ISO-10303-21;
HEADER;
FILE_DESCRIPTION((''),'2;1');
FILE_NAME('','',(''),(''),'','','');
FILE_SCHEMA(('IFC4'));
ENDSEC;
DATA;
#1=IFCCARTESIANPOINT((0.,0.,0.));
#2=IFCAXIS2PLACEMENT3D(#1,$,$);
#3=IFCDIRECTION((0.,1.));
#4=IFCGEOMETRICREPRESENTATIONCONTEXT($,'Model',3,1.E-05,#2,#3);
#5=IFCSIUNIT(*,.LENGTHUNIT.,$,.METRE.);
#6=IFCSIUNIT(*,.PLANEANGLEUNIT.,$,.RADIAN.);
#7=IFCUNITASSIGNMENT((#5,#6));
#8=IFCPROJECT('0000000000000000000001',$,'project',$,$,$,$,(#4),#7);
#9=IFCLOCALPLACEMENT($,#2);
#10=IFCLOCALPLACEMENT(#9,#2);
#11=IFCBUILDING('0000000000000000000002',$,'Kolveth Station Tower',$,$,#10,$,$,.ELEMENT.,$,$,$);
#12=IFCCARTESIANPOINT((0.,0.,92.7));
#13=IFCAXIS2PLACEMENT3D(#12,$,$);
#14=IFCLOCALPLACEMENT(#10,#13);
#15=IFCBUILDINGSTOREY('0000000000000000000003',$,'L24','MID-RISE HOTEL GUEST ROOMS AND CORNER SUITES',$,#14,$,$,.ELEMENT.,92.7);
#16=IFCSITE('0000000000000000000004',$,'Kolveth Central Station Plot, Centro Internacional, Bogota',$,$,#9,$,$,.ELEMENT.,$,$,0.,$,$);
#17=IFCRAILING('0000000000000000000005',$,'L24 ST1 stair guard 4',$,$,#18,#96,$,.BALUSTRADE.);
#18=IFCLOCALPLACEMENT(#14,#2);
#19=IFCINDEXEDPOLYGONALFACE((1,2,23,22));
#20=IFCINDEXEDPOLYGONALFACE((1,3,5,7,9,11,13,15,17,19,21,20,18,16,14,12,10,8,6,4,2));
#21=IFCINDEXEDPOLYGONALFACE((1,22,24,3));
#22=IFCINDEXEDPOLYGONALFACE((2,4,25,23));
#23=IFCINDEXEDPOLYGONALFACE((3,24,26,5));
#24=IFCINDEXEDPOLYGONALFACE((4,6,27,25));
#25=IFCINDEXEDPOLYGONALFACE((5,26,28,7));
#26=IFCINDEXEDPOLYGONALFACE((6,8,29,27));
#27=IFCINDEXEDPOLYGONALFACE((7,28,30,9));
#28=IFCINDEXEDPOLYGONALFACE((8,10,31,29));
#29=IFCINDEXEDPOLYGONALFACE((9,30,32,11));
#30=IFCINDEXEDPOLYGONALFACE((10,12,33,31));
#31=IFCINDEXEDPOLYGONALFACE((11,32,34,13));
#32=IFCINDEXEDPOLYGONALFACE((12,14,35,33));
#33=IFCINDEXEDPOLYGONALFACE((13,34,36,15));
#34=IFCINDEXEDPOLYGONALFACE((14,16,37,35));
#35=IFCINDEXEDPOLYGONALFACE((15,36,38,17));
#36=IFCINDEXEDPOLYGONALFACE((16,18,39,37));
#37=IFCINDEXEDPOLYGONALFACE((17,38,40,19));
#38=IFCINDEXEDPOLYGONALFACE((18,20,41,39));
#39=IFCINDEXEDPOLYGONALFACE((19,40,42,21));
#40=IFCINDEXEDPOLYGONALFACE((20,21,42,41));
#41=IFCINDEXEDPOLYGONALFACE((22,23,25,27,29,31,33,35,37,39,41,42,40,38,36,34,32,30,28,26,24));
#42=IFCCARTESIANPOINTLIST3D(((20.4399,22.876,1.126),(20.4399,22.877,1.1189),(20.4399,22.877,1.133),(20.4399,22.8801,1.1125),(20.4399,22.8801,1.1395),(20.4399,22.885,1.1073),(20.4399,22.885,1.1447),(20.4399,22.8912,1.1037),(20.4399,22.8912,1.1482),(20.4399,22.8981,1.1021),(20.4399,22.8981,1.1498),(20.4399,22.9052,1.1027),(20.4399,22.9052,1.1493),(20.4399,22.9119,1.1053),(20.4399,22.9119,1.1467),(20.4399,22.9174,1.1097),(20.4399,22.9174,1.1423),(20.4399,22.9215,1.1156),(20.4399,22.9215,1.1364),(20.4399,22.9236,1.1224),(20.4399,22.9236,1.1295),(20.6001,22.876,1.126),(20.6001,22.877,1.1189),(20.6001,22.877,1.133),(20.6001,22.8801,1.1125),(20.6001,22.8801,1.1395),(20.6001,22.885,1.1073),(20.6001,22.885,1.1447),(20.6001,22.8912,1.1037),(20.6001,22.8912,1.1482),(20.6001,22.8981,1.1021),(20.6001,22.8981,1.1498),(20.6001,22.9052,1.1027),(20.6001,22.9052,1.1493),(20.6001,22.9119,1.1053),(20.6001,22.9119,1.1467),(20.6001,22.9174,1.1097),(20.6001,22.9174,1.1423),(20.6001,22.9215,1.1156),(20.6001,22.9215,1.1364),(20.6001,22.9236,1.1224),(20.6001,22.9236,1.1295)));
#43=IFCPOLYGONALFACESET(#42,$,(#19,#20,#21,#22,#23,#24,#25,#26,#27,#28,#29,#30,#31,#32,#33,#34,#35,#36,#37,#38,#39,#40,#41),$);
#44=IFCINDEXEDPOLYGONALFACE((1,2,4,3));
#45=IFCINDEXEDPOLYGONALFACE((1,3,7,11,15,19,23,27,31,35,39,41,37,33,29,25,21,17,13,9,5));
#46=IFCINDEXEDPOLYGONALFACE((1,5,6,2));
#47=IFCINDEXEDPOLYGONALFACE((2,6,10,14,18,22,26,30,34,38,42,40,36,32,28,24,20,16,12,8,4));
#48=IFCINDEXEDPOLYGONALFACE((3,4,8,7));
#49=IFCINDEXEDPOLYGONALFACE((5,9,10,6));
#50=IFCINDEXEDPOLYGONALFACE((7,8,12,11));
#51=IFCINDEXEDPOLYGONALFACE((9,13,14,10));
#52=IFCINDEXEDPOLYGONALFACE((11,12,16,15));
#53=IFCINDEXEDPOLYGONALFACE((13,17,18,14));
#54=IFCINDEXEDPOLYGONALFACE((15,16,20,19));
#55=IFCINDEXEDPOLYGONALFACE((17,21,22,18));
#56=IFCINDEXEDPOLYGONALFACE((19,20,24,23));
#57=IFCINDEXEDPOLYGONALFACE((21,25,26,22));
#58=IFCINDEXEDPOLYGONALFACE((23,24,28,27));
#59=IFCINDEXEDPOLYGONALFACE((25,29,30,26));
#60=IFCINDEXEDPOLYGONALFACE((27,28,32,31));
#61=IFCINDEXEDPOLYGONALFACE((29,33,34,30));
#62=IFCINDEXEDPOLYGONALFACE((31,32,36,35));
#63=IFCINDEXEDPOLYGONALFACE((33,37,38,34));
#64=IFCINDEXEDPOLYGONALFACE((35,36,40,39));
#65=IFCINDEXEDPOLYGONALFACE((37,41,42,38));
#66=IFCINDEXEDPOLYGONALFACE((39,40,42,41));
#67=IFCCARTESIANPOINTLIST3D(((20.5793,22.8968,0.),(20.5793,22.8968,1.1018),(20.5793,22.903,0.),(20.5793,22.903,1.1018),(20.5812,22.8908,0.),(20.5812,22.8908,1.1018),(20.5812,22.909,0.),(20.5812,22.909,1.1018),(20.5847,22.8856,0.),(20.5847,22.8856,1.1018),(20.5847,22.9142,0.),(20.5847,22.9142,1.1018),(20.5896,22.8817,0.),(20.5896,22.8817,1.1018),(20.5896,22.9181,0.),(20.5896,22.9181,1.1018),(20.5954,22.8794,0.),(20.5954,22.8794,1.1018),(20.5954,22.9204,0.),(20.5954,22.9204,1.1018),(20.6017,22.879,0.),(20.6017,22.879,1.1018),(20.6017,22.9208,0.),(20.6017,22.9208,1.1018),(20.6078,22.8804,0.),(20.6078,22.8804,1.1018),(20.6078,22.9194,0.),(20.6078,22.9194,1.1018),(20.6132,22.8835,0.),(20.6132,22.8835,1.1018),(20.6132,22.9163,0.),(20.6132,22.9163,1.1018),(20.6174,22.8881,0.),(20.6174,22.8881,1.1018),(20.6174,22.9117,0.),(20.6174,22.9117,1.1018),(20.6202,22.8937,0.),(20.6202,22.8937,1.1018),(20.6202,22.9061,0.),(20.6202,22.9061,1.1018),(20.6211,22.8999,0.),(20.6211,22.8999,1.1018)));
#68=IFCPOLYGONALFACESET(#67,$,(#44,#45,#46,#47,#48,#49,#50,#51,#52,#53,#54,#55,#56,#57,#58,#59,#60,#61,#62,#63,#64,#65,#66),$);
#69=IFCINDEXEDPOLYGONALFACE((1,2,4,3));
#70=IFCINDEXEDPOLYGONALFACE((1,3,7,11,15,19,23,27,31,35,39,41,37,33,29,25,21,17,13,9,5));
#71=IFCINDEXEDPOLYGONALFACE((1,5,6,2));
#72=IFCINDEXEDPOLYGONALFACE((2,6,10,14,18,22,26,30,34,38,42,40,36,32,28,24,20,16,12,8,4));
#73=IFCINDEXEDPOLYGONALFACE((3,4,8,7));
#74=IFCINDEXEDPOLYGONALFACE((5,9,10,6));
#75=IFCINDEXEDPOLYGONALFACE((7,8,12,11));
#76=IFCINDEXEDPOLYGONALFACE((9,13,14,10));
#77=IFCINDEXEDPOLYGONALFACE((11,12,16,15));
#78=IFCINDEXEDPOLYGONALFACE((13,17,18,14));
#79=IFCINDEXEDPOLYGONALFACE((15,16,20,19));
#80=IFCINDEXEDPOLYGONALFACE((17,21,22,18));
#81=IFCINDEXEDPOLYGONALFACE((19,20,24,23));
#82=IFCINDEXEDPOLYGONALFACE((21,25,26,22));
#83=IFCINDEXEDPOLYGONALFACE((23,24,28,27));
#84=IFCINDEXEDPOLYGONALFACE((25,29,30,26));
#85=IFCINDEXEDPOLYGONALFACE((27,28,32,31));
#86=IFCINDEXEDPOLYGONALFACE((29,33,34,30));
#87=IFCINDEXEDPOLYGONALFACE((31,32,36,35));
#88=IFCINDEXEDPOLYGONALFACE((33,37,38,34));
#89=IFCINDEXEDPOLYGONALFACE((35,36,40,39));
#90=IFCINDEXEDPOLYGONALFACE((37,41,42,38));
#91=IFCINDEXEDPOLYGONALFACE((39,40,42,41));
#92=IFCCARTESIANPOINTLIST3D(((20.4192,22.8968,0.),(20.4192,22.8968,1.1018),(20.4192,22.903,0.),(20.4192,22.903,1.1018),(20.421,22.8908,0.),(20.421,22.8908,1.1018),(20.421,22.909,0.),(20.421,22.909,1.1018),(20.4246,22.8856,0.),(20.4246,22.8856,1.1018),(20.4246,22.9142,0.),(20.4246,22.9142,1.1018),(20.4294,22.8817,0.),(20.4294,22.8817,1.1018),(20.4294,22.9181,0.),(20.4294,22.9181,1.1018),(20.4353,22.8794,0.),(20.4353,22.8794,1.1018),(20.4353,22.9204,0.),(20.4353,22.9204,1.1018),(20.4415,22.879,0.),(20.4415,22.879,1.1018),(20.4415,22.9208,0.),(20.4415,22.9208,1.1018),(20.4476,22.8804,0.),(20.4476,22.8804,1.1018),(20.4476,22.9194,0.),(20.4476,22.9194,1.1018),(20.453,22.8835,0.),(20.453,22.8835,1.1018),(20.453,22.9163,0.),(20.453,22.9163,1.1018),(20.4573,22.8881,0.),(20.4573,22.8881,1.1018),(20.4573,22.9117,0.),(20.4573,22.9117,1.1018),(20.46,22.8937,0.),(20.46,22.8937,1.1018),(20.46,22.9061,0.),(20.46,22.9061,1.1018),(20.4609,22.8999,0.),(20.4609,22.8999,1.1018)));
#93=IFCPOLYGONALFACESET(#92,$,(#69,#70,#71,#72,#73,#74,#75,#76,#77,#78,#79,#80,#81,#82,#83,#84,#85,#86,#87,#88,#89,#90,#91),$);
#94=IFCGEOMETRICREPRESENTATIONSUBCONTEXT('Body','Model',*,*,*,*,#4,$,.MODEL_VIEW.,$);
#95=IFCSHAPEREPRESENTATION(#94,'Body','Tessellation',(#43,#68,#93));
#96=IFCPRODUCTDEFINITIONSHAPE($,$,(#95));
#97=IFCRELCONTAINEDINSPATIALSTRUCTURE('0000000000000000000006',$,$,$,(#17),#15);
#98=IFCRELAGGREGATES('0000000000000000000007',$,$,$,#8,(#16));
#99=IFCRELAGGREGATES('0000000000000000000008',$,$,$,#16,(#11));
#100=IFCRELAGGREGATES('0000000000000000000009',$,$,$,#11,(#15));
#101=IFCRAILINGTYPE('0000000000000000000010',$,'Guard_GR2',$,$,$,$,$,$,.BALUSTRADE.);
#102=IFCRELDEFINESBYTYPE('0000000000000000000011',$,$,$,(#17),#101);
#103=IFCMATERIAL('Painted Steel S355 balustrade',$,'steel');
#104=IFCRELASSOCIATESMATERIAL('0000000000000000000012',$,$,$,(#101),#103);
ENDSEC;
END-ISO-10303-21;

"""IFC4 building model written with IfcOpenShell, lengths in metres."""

from ifc_helpers import new_model, si_unit, direction, frame, origin, origin_2d, place, context, subcontext, project, spatial, circle, extrude, material, type_object, element, save


model = new_model("IFC4")

# Units and contexts
model_context = context("Model", 3, precision=1e-05, world=origin(), true_north=direction((0.0, 1.0)))
body_context = subcontext(model_context, "Body", "Model", "MODEL_VIEW")
ifc_project = project(units=[si_unit("LENGTHUNIT", "METRE"), si_unit("PLANEANGLEUNIT", "RADIAN")], contexts=[model_context])

# Site, building, storey
site_placement = place(None, origin())
site = spatial("IfcSite", under=ifc_project, at=site_placement, Name="Kolveth Central Station Plot, Centro Internacional, Bogota", CompositionType="ELEMENT", RefElevation=0.0)
building_placement = place(site_placement, origin())
building = spatial("IfcBuilding", under=site, at=building_placement, Name="Kolveth Station Tower", CompositionType="ELEMENT")
storey_placement = place(building_placement, frame((0.0, 0.0, 92.7)))
storey = spatial("IfcBuildingStorey", under=building, at=storey_placement, Name="L24", Description="MID-RISE HOTEL GUEST ROOMS AND CORNER SUITES", CompositionType="ELEMENT", Elevation=92.7)

# Railing
ifc_material_1 = material(Name="Painted Steel S355 balustrade", Category="steel")
railing_type_1 = type_object("IfcRailingType", Name="Guard_GR2", PredefinedType="BALUSTRADE", material=ifc_material_1)
railing_1_placement = place(storey_placement, frame((20.6001, 22.8999, 0.0)))
element("IfcRailing", 1, at=railing_1_placement, inside=storey, type_object=railing_type_1, Name="L24 ST1 stair guard 4", PredefinedType="BALUSTRADE", context=body_context, shape_type="SweptSolid", body=[
    extrude(circle(Radius=0.0239, at=origin_2d()), frame((0.0, 0.0, 1.126), z_axis=(-1.0, 0.0, 0.0), x_axis=(0.0, -1.0, 0.0)), (0.0, 0.0, 1.0), 0.1602),
    extrude(circle(Radius=0.021, at=origin_2d()), origin(), (0.0, 0.0, 1.0), 1.1018),
    extrude(circle(Radius=0.021, at=origin_2d()), frame((-0.1602, 0.0, 0.0)), (0.0, 0.0, 1.0), 1.1018),
])

save(model, "model.ifc")
